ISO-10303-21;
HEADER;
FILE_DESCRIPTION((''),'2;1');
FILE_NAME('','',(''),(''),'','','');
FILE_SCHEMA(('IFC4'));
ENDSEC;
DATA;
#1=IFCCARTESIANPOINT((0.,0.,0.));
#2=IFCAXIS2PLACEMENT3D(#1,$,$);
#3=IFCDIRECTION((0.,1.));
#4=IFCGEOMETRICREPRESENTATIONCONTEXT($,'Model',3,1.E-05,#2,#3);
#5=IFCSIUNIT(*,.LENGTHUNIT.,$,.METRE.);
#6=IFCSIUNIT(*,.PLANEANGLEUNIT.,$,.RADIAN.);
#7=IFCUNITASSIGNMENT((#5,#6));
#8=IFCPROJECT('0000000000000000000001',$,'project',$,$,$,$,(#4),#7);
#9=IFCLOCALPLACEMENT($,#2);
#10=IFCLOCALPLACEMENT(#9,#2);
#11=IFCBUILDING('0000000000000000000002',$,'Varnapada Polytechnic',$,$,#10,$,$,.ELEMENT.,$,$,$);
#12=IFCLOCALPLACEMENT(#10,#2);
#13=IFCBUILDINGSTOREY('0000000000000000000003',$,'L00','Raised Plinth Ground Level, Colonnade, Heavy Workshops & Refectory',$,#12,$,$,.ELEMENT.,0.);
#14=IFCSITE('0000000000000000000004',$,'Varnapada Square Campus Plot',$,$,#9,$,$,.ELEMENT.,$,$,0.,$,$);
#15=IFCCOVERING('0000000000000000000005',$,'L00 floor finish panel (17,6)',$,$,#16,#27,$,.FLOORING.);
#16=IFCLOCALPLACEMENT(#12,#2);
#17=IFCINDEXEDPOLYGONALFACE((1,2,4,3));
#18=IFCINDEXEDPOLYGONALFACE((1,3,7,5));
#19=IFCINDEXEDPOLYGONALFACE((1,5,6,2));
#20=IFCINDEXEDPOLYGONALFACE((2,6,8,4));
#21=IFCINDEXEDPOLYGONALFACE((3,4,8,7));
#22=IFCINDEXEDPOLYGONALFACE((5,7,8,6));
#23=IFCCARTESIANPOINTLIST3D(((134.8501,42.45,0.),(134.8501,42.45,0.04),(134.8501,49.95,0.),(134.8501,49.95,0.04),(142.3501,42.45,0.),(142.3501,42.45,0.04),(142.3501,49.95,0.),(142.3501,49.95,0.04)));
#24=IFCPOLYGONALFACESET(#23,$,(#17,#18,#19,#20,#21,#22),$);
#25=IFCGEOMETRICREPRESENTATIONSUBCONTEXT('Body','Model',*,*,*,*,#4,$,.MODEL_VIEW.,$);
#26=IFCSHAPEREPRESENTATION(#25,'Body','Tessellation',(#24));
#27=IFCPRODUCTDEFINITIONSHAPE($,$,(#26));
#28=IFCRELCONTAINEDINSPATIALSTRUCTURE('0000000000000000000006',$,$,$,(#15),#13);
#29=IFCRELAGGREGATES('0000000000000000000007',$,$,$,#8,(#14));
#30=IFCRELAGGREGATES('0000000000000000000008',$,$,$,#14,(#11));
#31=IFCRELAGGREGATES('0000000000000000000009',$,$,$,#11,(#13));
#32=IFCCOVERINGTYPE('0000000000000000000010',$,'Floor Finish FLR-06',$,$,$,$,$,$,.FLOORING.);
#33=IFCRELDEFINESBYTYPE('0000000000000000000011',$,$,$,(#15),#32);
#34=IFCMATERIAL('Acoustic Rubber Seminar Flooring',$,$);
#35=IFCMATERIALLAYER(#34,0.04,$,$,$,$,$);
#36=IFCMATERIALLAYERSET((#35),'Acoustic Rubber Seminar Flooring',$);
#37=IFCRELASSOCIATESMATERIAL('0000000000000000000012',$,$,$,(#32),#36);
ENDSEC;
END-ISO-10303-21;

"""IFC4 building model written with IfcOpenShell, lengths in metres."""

from ifc_helpers import new_model, si_unit, direction, frame, origin, origin_2d, place, context, subcontext, project, spatial, rectangle, extrude, material, layer, layer_set, type_object, element, save


model = new_model("IFC4")

# Units and contexts
model_context = context("Model", 3, precision=1e-05, world=origin(), true_north=direction((0.0, 1.0)))
body_context = subcontext(model_context, "Body", "Model", "MODEL_VIEW")
ifc_project = project(units=[si_unit("LENGTHUNIT", "METRE"), si_unit("PLANEANGLEUNIT", "RADIAN")], contexts=[model_context])

# Site, building, storey
site_placement = place(None, origin())
site = spatial("IfcSite", under=ifc_project, at=site_placement, Name="Varnapada Square Campus Plot", CompositionType="ELEMENT", RefElevation=0.0)
building_placement = place(site_placement, origin())
building = spatial("IfcBuilding", under=site, at=building_placement, Name="Varnapada Polytechnic", CompositionType="ELEMENT")
storey_placement = place(building_placement, origin())
storey = spatial("IfcBuildingStorey", under=building, at=storey_placement, Name="L00", Description="Raised Plinth Ground Level, Colonnade, Heavy Workshops & Refectory", CompositionType="ELEMENT", Elevation=0.0)

# Covering
ifc_material_1 = material(Name="Acoustic Rubber Seminar Flooring")
ifc_layer_1 = layer(ifc_material_1, 0.04)
ifc_layer_set_1 = layer_set([ifc_layer_1], Name="Acoustic Rubber Seminar Flooring")
covering_type = type_object("IfcCoveringType", Name="Floor Finish FLR-06", PredefinedType="FLOORING", material=ifc_layer_set_1)
covering_placement = place(storey_placement, frame((138.6001, 46.2, 0.0), z_axis=(0.0, 0.0, 1.0), x_axis=(1.0, 0.0, 0.0)))
element("IfcCovering", 1, at=covering_placement, inside=storey, type_object=covering_type, Name="L00 floor finish panel (17,6)", PredefinedType="FLOORING", context=body_context, shape_type="SweptSolid", body=[
    extrude(rectangle(XDim=7.5, YDim=7.5, at=origin_2d()), origin(), (0.0, 0.0, 1.0), 0.04),
])

save(model, "model.ifc")
